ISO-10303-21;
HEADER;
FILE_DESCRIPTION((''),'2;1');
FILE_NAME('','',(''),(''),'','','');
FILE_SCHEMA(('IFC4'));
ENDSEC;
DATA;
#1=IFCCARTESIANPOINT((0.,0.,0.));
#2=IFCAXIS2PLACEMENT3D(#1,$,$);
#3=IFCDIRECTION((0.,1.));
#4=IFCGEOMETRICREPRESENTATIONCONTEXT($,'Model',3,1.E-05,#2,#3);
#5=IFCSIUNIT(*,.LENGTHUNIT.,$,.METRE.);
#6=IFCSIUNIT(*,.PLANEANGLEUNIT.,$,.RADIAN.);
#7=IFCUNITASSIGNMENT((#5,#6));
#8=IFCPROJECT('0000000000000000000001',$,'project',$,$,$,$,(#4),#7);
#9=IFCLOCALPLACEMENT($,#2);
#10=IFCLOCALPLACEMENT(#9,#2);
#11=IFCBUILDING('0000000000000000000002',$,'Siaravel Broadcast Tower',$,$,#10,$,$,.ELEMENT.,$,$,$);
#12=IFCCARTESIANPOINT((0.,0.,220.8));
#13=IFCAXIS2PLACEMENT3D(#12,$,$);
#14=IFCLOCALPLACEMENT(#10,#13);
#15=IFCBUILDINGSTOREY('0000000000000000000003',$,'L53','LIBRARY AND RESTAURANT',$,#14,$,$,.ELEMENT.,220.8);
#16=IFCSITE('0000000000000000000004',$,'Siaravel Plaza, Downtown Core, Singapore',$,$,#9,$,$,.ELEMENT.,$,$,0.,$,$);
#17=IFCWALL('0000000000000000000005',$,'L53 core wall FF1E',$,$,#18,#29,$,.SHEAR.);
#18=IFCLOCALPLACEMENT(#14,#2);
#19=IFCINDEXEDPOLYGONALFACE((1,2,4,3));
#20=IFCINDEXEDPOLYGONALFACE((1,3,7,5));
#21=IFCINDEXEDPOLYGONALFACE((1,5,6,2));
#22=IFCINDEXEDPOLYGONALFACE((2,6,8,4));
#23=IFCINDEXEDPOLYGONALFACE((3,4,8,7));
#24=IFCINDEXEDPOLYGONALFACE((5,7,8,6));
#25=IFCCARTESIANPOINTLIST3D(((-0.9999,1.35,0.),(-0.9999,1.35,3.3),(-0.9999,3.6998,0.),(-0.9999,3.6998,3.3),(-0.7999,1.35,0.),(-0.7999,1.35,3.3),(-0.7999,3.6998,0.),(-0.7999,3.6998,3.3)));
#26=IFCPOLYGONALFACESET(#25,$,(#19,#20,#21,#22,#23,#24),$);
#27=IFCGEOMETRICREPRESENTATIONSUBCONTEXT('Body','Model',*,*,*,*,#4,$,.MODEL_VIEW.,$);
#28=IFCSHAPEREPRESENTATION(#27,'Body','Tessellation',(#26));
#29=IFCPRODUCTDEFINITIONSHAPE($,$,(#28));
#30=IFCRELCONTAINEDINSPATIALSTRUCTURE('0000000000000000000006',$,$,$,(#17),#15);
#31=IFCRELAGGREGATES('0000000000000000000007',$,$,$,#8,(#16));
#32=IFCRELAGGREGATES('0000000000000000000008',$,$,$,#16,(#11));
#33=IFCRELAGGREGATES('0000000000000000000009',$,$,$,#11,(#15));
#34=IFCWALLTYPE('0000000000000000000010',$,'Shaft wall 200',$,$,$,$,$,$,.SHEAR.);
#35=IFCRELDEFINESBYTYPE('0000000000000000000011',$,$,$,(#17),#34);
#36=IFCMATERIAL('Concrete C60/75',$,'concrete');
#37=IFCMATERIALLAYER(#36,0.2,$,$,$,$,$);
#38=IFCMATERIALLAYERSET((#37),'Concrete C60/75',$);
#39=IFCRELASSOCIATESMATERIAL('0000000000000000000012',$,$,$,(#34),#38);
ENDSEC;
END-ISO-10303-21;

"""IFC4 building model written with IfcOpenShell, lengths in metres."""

from ifc_helpers import new_model, si_unit, direction, frame, frame_2d, origin, place, context, subcontext, project, spatial, rectangle, extrude, material, layer, layer_set, type_object, element, save


model = new_model("IFC4")

# Units and contexts
model_context = context("Model", 3, precision=1e-05, world=origin(), true_north=direction((0.0, 1.0)))
body_context = subcontext(model_context, "Body", "Model", "MODEL_VIEW")
ifc_project = project(units=[si_unit("LENGTHUNIT", "METRE"), si_unit("PLANEANGLEUNIT", "RADIAN")], contexts=[model_context])

# Site, building, storey
site_placement = place(None, origin())
site = spatial("IfcSite", under=ifc_project, at=site_placement, Name="Siaravel Plaza, Downtown Core, Singapore", CompositionType="ELEMENT", RefElevation=0.0)
building_placement = place(site_placement, origin())
building = spatial("IfcBuilding", under=site, at=building_placement, Name="Siaravel Broadcast Tower", CompositionType="ELEMENT")
storey_placement = place(building_placement, frame((0.0, 0.0, 220.8)))
storey = spatial("IfcBuildingStorey", under=building, at=storey_placement, Name="L53", Description="LIBRARY AND RESTAURANT", CompositionType="ELEMENT", Elevation=220.8)

# Shared definitions
ifc_material_1 = material(Name="Concrete C60/75", Category="concrete")

# Wall
ifc_layer_1 = layer(ifc_material_1, 0.2)
ifc_layer_set_1 = layer_set([ifc_layer_1], Name="Concrete C60/75")
wall_type_1 = type_object("IfcWallType", Name="Shaft wall 200", PredefinedType="SHEAR", material=ifc_layer_set_1)
wall_1_placement = place(storey_placement, frame((-0.8999, 1.3501, 0.0), z_axis=(0.0, 0.0, 1.0), x_axis=(0.0, 1.0, 0.0)))
element("IfcWall", 1, at=wall_1_placement, inside=storey, type_object=wall_type_1, Name="L53 core wall FF1E", PredefinedType="SHEAR", context=body_context, shape_type="SweptSolid", body=[
    extrude(rectangle(XDim=2.3499, YDim=0.2, at=frame_2d((1.1748, 0.0))), origin(), (0.0, 0.0, 1.0), 3.3),
])

save(model, "model.ifc")
